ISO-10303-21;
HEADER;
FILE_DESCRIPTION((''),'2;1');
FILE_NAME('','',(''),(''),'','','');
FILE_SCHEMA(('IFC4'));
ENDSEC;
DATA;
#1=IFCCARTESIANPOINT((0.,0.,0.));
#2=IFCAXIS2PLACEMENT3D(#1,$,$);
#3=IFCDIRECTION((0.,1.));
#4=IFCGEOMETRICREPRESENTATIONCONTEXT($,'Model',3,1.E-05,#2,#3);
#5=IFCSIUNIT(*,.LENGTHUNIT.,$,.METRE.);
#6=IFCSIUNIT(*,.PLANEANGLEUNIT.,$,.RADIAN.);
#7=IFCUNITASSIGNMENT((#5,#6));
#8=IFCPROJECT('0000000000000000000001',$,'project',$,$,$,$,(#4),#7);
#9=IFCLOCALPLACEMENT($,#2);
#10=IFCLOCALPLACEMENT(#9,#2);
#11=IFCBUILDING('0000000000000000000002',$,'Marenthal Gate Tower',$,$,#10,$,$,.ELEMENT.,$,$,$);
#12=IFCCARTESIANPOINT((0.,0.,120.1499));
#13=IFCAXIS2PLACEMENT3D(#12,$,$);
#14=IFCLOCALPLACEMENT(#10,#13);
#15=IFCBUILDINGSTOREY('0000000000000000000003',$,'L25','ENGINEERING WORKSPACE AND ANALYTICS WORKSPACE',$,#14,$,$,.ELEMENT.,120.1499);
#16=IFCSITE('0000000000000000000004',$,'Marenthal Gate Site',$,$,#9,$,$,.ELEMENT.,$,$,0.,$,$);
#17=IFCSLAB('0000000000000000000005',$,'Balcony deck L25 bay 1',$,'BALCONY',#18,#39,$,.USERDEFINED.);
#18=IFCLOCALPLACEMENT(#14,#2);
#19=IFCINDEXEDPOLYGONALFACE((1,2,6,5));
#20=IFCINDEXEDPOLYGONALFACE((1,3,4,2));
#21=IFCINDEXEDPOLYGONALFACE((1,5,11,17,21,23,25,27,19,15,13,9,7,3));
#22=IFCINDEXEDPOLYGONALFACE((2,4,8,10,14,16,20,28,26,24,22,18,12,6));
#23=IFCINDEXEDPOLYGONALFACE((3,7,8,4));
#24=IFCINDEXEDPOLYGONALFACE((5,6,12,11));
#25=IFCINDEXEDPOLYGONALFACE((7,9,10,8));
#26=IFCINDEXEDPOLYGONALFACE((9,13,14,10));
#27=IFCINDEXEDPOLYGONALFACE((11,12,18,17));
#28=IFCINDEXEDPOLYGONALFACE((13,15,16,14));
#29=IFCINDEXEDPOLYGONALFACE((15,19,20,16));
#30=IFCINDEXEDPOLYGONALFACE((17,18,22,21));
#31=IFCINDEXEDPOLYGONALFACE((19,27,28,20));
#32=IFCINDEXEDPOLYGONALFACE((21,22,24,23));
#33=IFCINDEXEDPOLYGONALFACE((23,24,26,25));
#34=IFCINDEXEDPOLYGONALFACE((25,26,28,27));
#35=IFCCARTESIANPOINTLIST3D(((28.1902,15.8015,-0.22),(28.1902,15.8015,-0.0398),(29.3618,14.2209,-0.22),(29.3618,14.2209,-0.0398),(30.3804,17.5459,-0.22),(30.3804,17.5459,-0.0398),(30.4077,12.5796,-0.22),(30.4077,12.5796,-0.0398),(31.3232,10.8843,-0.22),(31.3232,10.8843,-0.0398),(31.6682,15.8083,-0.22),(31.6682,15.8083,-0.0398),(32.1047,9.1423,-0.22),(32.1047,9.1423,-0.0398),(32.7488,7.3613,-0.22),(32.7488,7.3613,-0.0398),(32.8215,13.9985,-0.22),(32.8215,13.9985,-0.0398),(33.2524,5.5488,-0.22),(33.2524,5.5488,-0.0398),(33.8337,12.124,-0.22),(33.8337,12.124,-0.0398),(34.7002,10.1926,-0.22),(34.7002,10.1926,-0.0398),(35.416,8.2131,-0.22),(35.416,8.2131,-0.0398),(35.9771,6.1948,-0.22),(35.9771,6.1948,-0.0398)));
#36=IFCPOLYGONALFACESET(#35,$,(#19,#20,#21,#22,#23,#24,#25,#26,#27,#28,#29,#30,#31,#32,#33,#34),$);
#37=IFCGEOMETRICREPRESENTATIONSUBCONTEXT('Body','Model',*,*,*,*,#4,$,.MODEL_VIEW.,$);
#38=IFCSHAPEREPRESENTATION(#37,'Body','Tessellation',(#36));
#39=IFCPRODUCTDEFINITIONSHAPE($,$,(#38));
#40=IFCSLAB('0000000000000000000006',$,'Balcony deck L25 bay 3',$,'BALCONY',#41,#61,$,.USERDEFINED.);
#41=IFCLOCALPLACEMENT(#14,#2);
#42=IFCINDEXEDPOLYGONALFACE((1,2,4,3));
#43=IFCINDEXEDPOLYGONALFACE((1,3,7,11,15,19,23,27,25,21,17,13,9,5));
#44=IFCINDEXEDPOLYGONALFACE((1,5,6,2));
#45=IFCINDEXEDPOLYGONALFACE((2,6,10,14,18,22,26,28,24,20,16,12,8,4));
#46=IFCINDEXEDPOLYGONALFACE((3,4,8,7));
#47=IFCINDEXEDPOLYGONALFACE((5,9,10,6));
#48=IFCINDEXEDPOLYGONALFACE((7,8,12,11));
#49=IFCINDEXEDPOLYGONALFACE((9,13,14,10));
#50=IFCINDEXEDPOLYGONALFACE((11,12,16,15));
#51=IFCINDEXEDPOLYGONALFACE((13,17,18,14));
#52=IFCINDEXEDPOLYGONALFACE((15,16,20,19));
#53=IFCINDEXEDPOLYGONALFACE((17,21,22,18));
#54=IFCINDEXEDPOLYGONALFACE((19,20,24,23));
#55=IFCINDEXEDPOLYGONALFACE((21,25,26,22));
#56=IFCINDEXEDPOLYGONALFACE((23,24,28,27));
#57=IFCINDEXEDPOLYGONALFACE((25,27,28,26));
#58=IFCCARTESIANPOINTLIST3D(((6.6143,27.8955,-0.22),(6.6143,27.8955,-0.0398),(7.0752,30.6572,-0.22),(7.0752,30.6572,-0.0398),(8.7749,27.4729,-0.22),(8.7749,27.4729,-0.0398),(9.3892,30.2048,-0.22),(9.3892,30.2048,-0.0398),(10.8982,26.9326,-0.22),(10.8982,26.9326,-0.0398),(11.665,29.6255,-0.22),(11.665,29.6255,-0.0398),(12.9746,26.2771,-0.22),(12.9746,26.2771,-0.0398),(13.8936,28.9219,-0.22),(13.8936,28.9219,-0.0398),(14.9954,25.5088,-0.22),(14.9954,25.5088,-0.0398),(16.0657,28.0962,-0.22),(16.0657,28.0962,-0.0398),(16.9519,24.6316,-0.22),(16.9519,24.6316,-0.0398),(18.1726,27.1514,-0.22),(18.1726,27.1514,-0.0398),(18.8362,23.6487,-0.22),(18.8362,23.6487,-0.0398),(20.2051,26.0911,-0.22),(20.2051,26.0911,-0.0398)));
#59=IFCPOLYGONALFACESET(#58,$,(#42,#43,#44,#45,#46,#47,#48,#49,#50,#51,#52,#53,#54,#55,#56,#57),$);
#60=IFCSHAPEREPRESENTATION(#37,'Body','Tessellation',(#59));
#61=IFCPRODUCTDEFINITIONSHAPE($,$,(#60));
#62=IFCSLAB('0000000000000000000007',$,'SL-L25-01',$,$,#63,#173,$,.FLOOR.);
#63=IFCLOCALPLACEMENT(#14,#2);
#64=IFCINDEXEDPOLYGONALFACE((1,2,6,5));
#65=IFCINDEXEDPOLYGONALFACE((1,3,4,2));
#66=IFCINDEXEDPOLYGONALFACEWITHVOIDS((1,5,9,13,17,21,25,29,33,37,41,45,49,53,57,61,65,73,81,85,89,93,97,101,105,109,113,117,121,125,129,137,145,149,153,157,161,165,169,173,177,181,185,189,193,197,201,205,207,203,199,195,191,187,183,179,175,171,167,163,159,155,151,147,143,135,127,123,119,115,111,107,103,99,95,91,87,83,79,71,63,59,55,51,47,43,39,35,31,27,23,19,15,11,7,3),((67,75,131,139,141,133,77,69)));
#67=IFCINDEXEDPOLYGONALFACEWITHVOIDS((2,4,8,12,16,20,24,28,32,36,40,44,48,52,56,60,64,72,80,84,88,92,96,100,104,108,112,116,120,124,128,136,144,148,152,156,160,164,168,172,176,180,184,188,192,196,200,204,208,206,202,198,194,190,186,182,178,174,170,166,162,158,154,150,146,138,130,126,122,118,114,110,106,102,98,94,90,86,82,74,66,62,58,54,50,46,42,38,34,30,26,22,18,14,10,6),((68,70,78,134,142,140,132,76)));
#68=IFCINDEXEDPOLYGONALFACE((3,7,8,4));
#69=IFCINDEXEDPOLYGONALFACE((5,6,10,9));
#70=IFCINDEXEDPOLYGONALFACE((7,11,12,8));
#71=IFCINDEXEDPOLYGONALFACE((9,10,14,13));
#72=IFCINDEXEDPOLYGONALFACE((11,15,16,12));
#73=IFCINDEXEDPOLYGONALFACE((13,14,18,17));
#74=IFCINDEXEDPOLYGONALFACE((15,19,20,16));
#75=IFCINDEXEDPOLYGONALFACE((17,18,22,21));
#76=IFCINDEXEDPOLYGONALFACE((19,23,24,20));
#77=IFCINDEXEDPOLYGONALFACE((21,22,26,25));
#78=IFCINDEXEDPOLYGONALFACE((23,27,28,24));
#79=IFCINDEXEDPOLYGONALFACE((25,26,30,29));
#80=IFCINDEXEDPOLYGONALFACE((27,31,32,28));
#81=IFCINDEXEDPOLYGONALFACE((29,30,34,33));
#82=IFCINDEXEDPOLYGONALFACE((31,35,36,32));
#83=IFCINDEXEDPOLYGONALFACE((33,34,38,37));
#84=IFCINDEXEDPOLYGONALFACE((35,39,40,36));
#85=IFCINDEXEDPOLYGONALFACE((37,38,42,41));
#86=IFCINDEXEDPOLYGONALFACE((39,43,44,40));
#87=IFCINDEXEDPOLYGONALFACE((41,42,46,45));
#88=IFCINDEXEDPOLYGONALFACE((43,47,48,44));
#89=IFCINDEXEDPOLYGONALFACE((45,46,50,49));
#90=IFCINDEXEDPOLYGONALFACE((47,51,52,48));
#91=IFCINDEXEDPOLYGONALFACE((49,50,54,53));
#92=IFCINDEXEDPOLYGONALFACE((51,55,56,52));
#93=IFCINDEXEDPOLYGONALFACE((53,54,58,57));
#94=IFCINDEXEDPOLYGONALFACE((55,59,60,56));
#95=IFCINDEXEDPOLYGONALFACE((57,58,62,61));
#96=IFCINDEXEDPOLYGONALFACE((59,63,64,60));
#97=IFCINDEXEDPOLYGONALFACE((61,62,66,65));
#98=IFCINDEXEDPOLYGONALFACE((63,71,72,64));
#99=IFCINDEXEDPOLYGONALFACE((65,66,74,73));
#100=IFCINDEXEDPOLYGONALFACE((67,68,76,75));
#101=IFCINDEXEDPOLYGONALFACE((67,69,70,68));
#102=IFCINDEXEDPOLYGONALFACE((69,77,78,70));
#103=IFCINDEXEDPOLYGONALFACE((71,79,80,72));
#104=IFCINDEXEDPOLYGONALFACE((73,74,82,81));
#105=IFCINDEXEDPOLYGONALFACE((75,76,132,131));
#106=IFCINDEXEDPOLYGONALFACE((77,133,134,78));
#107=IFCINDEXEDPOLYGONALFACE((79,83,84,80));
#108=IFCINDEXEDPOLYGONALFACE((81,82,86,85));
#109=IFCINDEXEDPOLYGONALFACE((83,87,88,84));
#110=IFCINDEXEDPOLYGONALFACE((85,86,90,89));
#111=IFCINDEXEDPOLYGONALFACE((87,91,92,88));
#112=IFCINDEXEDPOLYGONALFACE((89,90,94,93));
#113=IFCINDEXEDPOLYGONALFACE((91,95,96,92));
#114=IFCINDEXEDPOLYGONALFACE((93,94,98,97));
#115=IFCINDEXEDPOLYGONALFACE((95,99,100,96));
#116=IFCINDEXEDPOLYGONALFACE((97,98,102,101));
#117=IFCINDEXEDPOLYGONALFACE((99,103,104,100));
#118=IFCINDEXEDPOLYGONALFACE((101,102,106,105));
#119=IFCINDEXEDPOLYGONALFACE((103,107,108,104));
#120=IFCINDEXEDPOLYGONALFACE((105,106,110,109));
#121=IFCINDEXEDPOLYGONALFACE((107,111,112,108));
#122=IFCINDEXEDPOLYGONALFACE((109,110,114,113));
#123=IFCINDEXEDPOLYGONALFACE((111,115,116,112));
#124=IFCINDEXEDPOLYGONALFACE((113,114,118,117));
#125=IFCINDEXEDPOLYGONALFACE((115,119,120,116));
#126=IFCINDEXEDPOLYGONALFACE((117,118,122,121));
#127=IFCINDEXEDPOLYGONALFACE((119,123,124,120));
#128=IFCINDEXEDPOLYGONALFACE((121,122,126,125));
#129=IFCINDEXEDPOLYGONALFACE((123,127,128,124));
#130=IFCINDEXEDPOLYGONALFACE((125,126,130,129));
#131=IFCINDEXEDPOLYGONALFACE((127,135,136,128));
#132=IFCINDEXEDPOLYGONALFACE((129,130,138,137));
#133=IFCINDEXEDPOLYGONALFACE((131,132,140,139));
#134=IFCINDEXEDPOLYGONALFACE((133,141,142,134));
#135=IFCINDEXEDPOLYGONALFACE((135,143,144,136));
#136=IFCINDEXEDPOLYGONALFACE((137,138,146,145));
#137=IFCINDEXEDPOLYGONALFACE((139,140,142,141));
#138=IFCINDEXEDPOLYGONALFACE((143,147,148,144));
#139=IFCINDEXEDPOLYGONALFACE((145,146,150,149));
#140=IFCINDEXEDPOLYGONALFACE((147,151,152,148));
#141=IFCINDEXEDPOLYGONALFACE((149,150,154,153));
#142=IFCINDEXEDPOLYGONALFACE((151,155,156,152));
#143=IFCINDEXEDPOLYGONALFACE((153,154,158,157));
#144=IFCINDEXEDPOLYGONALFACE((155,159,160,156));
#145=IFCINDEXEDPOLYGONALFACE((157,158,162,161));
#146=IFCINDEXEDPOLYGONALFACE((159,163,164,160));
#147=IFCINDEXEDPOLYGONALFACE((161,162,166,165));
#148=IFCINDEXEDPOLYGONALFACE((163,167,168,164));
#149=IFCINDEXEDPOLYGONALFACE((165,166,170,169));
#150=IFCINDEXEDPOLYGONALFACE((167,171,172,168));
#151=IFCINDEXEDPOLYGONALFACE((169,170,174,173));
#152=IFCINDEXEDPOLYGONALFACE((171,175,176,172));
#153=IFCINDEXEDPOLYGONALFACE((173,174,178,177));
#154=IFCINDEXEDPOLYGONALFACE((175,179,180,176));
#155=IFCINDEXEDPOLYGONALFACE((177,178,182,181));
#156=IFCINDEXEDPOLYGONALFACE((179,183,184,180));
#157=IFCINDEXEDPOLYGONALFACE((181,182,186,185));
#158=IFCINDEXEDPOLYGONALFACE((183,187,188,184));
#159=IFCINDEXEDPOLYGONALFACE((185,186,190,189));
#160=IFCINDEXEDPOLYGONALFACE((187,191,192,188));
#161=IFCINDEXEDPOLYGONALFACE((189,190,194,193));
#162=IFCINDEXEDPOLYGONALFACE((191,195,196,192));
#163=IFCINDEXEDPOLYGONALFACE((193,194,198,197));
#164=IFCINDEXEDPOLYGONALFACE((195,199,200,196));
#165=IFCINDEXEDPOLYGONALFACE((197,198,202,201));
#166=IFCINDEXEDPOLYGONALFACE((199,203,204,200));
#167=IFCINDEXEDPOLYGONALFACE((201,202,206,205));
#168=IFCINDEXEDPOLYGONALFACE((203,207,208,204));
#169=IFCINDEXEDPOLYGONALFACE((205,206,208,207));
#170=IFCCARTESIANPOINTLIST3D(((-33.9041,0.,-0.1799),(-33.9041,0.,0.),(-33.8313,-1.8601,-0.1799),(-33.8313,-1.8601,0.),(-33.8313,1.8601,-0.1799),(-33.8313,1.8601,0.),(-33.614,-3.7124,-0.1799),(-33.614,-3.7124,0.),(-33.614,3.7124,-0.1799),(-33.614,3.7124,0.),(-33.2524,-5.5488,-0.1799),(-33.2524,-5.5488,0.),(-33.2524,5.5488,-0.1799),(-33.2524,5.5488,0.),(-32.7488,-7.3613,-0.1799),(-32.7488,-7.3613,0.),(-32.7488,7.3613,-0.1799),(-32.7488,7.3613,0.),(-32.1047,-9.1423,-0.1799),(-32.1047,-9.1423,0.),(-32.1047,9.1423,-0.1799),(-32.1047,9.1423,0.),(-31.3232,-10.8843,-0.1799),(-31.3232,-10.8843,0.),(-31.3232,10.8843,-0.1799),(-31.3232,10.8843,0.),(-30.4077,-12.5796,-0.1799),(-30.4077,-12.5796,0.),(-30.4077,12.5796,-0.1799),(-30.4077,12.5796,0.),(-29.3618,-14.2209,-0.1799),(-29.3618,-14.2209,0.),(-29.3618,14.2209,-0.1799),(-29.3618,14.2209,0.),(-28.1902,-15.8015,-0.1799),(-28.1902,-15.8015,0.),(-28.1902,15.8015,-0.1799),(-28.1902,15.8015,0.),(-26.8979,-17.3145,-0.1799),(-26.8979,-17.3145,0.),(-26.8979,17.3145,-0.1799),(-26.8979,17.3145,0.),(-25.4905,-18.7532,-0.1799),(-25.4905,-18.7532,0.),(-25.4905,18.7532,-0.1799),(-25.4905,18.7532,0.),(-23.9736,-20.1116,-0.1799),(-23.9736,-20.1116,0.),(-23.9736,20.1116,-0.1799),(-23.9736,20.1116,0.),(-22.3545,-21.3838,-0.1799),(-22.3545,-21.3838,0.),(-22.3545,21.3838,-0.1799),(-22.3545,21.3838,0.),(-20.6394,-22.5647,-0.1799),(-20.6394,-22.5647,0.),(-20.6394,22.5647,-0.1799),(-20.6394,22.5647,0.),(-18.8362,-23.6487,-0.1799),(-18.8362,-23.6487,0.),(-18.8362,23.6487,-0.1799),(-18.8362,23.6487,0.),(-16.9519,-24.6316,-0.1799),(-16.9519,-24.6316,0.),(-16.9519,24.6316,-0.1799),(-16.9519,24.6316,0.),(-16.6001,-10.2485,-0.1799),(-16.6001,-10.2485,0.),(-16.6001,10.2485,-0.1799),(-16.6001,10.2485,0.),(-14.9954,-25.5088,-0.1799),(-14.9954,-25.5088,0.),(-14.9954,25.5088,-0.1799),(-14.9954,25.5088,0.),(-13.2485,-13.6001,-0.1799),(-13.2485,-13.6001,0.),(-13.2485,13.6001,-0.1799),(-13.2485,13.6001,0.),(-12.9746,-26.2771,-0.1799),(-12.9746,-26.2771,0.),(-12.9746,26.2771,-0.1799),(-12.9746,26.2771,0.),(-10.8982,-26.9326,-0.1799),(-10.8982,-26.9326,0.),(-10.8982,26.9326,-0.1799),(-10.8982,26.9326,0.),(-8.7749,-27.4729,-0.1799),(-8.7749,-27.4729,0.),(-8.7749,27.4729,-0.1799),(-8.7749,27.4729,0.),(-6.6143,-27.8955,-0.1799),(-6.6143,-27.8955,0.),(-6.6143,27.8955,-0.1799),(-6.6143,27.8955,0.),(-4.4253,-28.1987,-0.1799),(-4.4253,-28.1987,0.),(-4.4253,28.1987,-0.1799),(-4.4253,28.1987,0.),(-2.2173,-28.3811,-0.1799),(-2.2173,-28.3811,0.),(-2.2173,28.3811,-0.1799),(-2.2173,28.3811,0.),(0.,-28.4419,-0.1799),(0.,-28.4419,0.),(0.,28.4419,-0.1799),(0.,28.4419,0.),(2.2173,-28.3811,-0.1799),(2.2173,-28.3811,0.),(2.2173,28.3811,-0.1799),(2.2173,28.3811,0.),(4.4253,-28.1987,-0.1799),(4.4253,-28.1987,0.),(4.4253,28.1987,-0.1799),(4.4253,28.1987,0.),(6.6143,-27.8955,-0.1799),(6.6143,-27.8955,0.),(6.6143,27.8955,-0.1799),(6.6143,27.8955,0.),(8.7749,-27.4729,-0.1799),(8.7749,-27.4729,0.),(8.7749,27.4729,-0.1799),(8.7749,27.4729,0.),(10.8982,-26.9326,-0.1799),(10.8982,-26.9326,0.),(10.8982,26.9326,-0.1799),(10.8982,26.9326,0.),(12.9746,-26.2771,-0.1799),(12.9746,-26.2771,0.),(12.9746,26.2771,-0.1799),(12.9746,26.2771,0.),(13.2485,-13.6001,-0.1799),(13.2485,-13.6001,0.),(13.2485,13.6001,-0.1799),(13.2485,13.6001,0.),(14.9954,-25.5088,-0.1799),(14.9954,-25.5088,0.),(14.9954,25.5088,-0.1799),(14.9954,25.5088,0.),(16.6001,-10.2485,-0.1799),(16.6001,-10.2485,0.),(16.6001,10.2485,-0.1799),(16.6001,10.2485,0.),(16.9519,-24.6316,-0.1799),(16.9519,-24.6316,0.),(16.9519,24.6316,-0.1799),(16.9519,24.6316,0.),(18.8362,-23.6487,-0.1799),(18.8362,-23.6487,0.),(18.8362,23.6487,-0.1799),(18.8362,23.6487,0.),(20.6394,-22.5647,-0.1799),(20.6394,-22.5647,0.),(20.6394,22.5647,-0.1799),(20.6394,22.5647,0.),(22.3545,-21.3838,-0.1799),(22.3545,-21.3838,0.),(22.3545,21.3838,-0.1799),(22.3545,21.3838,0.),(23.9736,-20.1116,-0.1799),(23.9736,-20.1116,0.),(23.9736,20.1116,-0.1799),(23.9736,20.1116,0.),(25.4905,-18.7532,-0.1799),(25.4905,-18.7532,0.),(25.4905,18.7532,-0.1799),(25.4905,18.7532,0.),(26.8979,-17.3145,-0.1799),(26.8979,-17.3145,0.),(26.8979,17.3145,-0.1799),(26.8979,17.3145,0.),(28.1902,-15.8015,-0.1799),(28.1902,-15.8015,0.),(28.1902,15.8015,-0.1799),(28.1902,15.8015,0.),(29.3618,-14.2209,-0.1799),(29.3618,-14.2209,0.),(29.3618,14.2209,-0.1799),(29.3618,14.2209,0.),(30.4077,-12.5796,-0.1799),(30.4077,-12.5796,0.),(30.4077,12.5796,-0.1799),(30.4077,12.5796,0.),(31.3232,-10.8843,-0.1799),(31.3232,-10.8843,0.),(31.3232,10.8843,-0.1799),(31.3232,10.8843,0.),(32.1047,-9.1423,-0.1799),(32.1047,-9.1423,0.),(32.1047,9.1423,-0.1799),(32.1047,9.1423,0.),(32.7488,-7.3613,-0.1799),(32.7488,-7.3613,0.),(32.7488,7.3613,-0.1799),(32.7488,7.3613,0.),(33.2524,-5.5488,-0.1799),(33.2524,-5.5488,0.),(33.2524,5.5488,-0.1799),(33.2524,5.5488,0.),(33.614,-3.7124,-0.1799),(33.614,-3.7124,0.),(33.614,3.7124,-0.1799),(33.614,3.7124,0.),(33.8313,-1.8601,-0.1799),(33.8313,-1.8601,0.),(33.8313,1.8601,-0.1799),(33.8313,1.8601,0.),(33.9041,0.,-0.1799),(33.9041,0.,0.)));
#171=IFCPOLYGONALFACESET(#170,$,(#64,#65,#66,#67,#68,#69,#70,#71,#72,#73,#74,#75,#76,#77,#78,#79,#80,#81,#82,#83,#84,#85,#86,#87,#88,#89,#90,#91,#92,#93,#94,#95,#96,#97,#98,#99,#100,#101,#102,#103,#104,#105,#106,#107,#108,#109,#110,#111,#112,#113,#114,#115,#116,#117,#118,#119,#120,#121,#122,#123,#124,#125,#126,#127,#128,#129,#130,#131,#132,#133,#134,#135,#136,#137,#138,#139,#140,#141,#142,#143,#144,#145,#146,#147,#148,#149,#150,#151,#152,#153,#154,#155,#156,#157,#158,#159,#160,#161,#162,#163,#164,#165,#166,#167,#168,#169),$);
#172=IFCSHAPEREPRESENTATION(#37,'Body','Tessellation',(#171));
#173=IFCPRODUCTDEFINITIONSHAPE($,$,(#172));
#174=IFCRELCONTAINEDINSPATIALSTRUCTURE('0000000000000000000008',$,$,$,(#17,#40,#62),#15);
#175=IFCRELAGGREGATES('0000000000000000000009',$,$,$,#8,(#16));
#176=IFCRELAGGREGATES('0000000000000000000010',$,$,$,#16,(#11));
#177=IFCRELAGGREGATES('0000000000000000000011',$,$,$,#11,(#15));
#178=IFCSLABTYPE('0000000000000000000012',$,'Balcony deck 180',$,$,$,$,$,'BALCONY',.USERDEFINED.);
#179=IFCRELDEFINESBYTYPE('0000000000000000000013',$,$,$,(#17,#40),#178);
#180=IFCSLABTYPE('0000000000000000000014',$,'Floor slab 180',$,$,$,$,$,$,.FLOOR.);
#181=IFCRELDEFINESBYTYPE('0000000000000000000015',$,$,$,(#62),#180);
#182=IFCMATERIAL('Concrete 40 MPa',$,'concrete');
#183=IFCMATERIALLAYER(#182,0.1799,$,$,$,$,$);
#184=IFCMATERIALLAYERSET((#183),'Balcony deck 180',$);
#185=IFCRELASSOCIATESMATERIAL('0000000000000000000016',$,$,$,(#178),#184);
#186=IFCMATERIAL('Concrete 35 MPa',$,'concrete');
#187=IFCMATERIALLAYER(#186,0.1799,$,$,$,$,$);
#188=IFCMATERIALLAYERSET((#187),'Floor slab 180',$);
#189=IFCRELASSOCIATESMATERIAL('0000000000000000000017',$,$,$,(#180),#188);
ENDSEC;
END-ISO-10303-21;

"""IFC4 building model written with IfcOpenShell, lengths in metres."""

from ifc_helpers import new_model, si_unit, direction, frame, origin, place, context, subcontext, project, spatial, polyline, outline, extrude, material, layer, layer_set, type_object, element, save


model = new_model("IFC4")

# Units and contexts
model_context = context("Model", 3, precision=1e-05, world=origin(), true_north=direction((0.0, 1.0)))
body_context = subcontext(model_context, "Body", "Model", "MODEL_VIEW")
ifc_project = project(units=[si_unit("LENGTHUNIT", "METRE"), si_unit("PLANEANGLEUNIT", "RADIAN")], contexts=[model_context])

# Site, building, storey
site_placement = place(None, origin())
site = spatial("IfcSite", under=ifc_project, at=site_placement, Name="Marenthal Gate Site", CompositionType="ELEMENT", RefElevation=0.0)
building_placement = place(site_placement, origin())
building = spatial("IfcBuilding", under=site, at=building_placement, Name="Marenthal Gate Tower", CompositionType="ELEMENT")
storey_placement = place(building_placement, frame((0.0, 0.0, 120.1499)))
storey = spatial("IfcBuildingStorey", under=building, at=storey_placement, Name="L25", Description="ENGINEERING WORKSPACE AND ANALYTICS WORKSPACE", CompositionType="ELEMENT", Elevation=120.1499)

# Slabs
ifc_material_1 = material(Name="Concrete 40 MPa", Category="concrete")
ifc_layer_1 = layer(ifc_material_1, 0.1799)
ifc_layer_set_1 = layer_set([ifc_layer_1], Name="Balcony deck 180")
slab_type_1 = type_object("IfcSlabType", Name="Balcony deck 180", ElementType="BALCONY", PredefinedType="USERDEFINED", material=ifc_layer_set_1)
slab_1_placement = place(storey_placement, frame((0.0, 0.0, -0.22)))
element("IfcSlab", 1, at=slab_1_placement, inside=storey, type_object=slab_type_1, Name="Balcony deck L25 bay 1", ObjectType="BALCONY", PredefinedType="USERDEFINED", context=body_context, shape_type="SweptSolid", body=[
    extrude(outline(polyline([(33.2524, 5.5488), (32.7488, 7.3613), (32.1047, 9.1423), (31.3232, 10.8843), (30.4077, 12.5796), (29.3618, 14.2209), (28.1902, 15.8015), (30.3804, 17.5459), (31.6682, 15.8083), (32.8215, 13.9985), (33.8337, 12.124), (34.7002, 10.1926), (35.416, 8.2131), (35.9771, 6.1948), (33.2524, 5.5488)])), origin(), (0.0, 0.0, 1.0), 0.1802),
])
slab_2_placement = place(storey_placement, frame((0.0, 0.0, -0.22)))
element("IfcSlab", 2, at=slab_2_placement, inside=storey, type_object=slab_type_1, Name="Balcony deck L25 bay 3", ObjectType="BALCONY", PredefinedType="USERDEFINED", context=body_context, shape_type="SweptSolid", body=[
    extrude(outline(polyline([(18.8362, 23.6487), (16.9519, 24.6316), (14.9954, 25.5088), (12.9746, 26.2771), (10.8982, 26.9326), (8.7749, 27.4729), (6.6143, 27.8955), (7.0752, 30.6572), (9.3892, 30.2048), (11.665, 29.6255), (13.8936, 28.9219), (16.0657, 28.0962), (18.1726, 27.1514), (20.2051, 26.0911), (18.8362, 23.6487)])), origin(), (0.0, 0.0, 1.0), 0.1802),
])
ifc_material_2 = material(Name="Concrete 35 MPa", Category="concrete")
ifc_layer_2 = layer(ifc_material_2, 0.1799)
ifc_layer_set_2 = layer_set([ifc_layer_2], Name="Floor slab 180")
slab_type_2 = type_object("IfcSlabType", Name="Floor slab 180", PredefinedType="FLOOR", material=ifc_layer_set_2)
slab_3_placement = place(storey_placement, frame((0.0, 0.0, -0.1799)))
element("IfcSlab", 3, at=slab_3_placement, inside=storey, type_object=slab_type_2, Name="SL-L25-01", PredefinedType="FLOOR", context=body_context, shape_type="SweptSolid", body=[
    extrude(outline(polyline([(33.9041, 0.0), (33.8313, 1.8601), (33.614, 3.7124), (33.2524, 5.5488), (32.7488, 7.3613), (32.1047, 9.1423), (31.3232, 10.8843), (30.4077, 12.5796), (29.3618, 14.2209), (28.1902, 15.8015), (26.8979, 17.3145), (25.4905, 18.7532), (23.9736, 20.1116), (22.3545, 21.3838), (20.6394, 22.5647), (18.8362, 23.6487), (16.9519, 24.6316), (14.9954, 25.5088), (12.9746, 26.2771), (10.8982, 26.9326), (8.7749, 27.4729), (6.6143, 27.8955), (4.4253, 28.1987), (2.2173, 28.3811), (0.0, 28.4419), (-2.2173, 28.3811), (-4.4253, 28.1987), (-6.6143, 27.8955), (-8.7749, 27.4729), (-10.8982, 26.9326), (-12.9746, 26.2771), (-14.9954, 25.5088), (-16.9519, 24.6316), (-18.8362, 23.6487), (-20.6394, 22.5647), (-22.3545, 21.3838), (-23.9736, 20.1116), (-25.4905, 18.7532), (-26.8979, 17.3145), (-28.1902, 15.8015), (-29.3618, 14.2209), (-30.4077, 12.5796), (-31.3232, 10.8843), (-32.1047, 9.1423), (-32.7488, 7.3613), (-33.2524, 5.5488), (-33.614, 3.7124), (-33.8313, 1.8601), (-33.9041, 0.0), (-33.8313, -1.8601), (-33.614, -3.7124), (-33.2524, -5.5488), (-32.7488, -7.3613), (-32.1047, -9.1423), (-31.3232, -10.8843), (-30.4077, -12.5796), (-29.3618, -14.2209), (-28.1902, -15.8015), (-26.8979, -17.3145), (-25.4905, -18.7532), (-23.9736, -20.1116), (-22.3545, -21.3838), (-20.6394, -22.5647), (-18.8362, -23.6487), (-16.9519, -24.6316), (-14.9954, -25.5088), (-12.9746, -26.2771), (-10.8982, -26.9326), (-8.7749, -27.4729), (-6.6143, -27.8955), (-4.4253, -28.1987), (-2.2173, -28.3811), (0.0, -28.4419), (2.2173, -28.3811), (4.4253, -28.1987), (6.6143, -27.8955), (8.7749, -27.4729), (10.8982, -26.9326), (12.9746, -26.2771), (14.9954, -25.5088), (16.9519, -24.6316), (18.8362, -23.6487), (20.6394, -22.5647), (22.3545, -21.3838), (23.9736, -20.1116), (25.4905, -18.7532), (26.8979, -17.3145), (28.1902, -15.8015), (29.3618, -14.2209), (30.4077, -12.5796), (31.3232, -10.8843), (32.1047, -9.1423), (32.7488, -7.3613), (33.2524, -5.5488), (33.614, -3.7124), (33.8313, -1.8601), (33.9041, 0.0)]), holes=[polyline([(13.2485, -13.6001), (16.6001, -10.2485), (16.6001, 10.2485), (13.2485, 13.6001), (-13.2485, 13.6001), (-16.6001, 10.2485), (-16.6001, -10.2485), (-13.2485, -13.6001), (13.2485, -13.6001)])]), origin(), (0.0, 0.0, 1.0), 0.1799),
])

save(model, "model.ifc")
